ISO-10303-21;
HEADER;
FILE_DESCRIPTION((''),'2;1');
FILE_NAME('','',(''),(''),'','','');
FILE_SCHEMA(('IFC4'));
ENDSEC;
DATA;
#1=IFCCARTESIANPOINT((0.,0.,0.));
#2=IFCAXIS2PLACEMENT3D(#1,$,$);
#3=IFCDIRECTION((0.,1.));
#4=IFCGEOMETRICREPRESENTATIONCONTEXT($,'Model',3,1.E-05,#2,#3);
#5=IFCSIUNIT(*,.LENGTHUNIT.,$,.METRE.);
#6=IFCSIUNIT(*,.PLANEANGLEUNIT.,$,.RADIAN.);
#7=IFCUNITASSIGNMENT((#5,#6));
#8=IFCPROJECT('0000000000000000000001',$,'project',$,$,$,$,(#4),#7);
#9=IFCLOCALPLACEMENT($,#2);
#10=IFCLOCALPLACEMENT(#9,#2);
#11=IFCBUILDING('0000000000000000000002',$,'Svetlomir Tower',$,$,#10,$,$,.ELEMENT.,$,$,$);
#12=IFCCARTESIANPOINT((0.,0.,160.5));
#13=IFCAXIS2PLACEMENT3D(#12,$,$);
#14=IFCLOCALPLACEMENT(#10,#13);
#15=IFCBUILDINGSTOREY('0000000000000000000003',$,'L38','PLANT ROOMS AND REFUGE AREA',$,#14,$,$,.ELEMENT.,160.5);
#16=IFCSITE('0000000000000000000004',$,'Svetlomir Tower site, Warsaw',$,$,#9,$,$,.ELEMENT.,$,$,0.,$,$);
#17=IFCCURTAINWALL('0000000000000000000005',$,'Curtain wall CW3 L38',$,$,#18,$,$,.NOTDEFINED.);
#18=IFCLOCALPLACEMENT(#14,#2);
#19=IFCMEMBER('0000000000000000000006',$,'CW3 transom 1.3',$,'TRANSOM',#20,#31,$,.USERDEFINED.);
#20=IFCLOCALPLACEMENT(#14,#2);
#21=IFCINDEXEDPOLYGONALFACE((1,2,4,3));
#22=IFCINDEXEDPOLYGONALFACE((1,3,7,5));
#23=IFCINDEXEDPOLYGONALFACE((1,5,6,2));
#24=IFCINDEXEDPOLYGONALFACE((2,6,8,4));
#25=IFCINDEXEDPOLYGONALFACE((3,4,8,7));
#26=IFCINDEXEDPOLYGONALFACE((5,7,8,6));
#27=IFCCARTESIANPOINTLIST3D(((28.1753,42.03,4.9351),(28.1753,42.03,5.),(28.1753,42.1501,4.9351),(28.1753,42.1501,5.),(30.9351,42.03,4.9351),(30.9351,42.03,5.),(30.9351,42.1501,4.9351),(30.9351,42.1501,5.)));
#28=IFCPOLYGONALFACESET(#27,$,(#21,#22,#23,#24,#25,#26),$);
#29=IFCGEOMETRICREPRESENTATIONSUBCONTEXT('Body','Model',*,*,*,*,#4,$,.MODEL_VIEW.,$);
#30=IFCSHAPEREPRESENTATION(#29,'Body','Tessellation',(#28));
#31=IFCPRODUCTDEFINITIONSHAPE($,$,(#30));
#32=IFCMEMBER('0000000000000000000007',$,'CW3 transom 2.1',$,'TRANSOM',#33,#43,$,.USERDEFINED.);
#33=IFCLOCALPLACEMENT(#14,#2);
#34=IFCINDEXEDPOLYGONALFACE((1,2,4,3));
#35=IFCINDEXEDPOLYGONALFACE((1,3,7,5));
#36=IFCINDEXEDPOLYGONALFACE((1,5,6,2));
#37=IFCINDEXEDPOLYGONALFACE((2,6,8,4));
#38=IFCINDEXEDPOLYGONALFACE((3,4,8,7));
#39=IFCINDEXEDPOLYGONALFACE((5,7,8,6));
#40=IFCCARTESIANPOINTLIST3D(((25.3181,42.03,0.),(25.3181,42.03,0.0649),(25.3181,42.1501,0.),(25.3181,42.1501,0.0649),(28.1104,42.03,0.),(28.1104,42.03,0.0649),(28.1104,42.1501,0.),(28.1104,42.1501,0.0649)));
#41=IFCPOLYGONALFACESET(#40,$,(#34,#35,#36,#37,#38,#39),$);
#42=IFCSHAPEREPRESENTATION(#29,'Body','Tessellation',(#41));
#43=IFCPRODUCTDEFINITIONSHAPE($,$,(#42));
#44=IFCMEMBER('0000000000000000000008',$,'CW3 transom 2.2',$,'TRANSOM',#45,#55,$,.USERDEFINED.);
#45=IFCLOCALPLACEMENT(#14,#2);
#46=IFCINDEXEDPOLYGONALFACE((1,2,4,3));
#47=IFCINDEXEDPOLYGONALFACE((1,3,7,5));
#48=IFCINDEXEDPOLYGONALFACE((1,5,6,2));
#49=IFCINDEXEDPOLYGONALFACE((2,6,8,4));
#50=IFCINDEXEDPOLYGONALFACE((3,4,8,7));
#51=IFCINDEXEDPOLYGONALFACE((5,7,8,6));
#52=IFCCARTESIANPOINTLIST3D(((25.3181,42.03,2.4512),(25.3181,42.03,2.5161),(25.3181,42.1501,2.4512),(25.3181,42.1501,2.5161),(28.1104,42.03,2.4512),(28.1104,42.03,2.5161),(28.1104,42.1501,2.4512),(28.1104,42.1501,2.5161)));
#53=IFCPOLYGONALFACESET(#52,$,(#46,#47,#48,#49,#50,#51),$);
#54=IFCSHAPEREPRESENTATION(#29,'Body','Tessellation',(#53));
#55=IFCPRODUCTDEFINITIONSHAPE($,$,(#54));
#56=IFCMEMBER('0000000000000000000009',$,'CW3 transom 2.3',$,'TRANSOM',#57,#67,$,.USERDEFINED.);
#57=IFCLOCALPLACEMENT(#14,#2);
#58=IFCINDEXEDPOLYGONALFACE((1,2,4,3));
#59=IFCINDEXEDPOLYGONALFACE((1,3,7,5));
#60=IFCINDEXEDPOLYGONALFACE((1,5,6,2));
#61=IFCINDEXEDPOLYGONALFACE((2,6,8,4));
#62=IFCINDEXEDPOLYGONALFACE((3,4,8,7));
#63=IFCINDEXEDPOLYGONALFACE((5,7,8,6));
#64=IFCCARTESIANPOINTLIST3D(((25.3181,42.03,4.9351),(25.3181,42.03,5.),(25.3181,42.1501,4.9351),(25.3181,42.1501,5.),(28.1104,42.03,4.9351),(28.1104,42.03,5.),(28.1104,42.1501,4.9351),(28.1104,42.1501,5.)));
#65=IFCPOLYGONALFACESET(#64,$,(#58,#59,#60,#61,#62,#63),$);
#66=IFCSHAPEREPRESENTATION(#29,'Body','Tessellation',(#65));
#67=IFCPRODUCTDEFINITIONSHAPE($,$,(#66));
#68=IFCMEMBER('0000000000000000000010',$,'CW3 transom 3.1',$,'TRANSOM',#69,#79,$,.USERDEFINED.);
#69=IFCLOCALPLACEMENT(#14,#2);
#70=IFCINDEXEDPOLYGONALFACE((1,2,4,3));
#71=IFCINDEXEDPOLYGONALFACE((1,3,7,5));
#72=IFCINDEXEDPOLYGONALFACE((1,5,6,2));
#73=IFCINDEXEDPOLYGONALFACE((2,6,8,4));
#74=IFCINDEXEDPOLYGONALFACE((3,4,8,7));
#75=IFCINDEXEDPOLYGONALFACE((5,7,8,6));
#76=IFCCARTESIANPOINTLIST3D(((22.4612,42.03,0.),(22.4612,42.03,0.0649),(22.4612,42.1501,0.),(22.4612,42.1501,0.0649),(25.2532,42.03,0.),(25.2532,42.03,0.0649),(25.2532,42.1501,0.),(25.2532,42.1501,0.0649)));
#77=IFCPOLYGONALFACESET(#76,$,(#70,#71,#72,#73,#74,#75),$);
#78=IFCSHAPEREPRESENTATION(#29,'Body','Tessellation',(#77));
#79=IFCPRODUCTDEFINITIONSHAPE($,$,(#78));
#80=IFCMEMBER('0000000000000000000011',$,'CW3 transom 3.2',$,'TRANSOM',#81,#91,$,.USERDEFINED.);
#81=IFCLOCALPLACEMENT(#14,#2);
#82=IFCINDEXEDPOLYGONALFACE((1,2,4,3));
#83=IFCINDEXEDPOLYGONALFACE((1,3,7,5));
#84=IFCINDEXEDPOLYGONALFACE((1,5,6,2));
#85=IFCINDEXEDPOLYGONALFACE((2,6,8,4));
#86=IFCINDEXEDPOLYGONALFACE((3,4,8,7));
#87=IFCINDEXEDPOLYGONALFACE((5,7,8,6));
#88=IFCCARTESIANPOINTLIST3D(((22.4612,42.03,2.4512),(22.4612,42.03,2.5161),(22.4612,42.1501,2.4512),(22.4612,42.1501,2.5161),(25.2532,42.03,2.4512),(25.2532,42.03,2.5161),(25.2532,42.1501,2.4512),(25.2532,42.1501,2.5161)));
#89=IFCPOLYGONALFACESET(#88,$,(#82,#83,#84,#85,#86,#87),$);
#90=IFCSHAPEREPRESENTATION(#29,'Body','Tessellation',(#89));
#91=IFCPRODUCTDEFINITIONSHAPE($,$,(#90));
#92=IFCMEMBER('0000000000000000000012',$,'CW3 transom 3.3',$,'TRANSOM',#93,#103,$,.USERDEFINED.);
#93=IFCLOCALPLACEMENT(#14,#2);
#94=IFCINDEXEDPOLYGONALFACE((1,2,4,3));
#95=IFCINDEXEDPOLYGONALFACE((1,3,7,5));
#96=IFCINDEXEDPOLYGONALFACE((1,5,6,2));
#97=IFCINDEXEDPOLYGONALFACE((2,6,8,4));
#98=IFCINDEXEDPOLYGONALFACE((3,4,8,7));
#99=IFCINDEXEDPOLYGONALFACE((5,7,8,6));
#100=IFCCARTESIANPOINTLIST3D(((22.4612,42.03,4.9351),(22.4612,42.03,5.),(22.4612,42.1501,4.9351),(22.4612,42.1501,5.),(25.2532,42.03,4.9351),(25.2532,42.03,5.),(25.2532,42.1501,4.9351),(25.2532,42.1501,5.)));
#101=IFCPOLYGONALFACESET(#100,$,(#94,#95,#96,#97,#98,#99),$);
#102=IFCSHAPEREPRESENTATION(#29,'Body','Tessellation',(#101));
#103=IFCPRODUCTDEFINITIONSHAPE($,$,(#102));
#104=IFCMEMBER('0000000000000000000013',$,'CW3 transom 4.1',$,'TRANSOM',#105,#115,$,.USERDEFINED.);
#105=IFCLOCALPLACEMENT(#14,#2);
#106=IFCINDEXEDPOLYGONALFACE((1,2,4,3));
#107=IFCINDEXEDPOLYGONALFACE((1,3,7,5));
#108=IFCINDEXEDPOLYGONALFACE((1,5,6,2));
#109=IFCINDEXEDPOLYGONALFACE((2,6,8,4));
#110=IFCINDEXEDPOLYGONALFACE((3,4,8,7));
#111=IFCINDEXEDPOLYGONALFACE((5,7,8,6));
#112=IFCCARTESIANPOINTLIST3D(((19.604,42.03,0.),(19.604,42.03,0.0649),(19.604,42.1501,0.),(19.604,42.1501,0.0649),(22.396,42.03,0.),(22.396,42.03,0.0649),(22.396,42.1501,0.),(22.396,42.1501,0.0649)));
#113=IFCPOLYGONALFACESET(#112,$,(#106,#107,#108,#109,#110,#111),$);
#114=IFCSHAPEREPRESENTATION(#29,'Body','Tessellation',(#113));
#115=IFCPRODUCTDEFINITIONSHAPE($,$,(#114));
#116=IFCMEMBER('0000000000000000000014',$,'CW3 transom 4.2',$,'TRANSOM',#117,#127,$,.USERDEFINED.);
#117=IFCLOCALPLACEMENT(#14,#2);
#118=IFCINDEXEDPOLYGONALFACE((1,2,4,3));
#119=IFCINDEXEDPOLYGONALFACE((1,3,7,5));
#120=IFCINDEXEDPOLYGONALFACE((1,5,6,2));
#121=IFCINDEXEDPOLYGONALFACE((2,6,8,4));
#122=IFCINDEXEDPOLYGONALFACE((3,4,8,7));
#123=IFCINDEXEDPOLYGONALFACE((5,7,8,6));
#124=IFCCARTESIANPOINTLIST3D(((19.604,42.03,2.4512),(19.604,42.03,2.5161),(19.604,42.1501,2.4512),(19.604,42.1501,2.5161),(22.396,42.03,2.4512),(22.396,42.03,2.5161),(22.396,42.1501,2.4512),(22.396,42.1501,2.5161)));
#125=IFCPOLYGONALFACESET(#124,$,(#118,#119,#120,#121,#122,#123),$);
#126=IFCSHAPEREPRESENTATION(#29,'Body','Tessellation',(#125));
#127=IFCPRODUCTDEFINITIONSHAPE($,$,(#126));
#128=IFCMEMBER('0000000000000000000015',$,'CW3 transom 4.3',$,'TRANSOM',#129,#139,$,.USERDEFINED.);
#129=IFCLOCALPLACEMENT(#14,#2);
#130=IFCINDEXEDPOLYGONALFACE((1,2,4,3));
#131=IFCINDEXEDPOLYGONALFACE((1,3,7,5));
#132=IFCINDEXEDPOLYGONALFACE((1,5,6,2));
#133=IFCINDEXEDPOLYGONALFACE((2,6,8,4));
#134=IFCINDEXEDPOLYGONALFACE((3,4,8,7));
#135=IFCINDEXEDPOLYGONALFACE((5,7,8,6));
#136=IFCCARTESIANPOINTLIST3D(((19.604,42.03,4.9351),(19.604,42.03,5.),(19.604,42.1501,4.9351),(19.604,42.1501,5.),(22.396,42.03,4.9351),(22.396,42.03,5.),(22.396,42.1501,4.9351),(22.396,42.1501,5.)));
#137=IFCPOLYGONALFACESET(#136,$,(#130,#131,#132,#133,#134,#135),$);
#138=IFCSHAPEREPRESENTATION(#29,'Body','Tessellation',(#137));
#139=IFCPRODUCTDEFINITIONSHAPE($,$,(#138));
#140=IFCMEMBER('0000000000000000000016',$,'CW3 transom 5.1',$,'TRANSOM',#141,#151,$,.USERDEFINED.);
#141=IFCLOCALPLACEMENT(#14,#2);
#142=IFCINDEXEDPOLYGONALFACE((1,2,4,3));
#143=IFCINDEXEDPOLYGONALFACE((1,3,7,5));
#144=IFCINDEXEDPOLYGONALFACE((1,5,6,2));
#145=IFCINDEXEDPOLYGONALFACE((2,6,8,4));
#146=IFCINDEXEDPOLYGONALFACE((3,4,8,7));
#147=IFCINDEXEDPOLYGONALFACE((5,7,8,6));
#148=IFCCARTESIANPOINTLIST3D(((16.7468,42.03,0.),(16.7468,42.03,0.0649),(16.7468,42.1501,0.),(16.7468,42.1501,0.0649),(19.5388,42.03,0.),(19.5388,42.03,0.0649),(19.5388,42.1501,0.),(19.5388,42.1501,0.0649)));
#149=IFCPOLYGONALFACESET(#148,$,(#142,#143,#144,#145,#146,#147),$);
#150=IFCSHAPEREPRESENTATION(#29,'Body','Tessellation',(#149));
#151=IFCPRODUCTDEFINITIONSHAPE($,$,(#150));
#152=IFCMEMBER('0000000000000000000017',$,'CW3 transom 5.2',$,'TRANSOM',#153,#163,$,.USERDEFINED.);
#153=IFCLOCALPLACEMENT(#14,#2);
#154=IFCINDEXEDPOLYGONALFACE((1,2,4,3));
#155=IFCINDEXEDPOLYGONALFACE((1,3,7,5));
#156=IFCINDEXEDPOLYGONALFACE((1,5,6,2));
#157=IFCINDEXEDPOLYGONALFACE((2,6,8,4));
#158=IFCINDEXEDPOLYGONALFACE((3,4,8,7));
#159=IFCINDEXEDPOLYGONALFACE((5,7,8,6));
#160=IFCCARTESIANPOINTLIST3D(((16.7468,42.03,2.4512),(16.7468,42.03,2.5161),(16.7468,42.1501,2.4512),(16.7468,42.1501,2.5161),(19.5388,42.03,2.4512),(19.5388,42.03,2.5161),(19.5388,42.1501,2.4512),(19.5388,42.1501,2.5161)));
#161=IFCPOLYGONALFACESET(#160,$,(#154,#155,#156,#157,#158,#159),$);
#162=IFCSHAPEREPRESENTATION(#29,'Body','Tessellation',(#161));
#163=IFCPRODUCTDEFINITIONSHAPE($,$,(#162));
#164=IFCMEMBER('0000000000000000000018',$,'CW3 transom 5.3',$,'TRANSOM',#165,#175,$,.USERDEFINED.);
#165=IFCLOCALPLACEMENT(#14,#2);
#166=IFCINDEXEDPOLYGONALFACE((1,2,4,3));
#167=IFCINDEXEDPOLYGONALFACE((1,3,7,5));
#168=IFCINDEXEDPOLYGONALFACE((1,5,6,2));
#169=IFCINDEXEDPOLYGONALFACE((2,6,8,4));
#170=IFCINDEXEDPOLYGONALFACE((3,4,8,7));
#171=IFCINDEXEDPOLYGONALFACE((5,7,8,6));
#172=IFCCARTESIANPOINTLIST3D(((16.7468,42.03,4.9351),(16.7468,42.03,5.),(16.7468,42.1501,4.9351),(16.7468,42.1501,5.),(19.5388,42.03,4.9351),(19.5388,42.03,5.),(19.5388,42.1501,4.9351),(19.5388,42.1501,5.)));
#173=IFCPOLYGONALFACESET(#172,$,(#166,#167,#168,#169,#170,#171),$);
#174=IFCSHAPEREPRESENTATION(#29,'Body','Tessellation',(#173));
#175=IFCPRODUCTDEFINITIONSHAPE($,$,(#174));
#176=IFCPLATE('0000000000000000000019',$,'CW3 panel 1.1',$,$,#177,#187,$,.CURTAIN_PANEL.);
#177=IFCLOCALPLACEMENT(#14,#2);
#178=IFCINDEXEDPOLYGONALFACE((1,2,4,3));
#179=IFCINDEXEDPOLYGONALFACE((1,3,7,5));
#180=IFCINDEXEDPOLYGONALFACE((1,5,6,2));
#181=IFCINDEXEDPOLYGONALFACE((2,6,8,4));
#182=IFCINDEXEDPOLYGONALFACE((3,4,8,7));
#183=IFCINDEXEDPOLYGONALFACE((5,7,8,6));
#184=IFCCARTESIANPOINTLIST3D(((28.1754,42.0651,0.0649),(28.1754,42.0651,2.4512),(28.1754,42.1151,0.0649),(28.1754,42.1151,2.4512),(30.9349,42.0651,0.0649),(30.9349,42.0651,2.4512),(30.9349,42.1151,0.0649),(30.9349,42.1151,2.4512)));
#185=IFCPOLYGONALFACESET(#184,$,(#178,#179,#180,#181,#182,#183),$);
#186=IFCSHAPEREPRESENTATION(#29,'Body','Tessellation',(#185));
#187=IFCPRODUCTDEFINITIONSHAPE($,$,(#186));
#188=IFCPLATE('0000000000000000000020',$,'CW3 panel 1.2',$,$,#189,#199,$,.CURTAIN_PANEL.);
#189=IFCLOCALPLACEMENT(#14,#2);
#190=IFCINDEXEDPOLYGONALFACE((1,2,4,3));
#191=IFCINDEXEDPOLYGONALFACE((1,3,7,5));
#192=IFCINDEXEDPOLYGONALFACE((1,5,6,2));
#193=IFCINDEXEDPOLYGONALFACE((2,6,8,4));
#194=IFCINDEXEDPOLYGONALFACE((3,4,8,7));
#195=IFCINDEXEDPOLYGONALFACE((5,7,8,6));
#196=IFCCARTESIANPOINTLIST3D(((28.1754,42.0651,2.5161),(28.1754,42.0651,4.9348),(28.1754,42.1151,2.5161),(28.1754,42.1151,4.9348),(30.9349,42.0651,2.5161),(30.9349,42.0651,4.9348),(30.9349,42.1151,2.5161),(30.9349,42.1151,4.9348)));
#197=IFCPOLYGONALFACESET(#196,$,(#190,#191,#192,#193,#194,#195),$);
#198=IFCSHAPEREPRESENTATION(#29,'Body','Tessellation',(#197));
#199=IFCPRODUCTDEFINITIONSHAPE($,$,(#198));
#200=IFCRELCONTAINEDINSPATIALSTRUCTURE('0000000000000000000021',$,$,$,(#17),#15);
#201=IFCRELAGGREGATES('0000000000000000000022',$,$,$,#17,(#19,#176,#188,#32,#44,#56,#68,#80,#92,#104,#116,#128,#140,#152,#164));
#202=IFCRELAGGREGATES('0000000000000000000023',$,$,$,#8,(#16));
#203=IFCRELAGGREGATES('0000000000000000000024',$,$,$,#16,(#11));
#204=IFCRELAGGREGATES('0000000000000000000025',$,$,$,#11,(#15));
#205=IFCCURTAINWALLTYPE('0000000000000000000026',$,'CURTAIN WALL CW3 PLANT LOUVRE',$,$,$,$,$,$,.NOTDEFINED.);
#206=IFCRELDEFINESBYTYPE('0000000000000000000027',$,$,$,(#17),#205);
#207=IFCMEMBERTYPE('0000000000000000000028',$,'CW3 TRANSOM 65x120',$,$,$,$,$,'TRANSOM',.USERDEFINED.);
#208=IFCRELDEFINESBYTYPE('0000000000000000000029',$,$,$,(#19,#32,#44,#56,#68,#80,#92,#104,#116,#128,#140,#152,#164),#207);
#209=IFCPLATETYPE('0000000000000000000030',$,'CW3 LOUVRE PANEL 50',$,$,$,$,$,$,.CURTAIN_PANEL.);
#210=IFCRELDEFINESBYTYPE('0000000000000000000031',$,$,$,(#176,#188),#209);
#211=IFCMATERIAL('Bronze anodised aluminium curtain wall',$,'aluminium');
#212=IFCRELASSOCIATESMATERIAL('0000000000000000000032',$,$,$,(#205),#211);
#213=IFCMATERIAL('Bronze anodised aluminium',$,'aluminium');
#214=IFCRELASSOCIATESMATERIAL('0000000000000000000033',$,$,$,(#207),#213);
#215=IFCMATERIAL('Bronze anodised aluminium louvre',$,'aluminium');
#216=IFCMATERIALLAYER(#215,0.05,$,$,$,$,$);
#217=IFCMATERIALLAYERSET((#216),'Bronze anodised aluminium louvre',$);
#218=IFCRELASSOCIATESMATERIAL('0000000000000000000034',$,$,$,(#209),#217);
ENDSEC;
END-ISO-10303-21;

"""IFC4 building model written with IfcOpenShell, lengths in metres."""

from ifc_helpers import new_model, si_unit, direction, frame, origin, origin_2d, place, context, subcontext, project, spatial, rectangle, extrude, material, layer, layer_set, material_profile, profile_set, type_object, element, aggregate, save


model = new_model("IFC4")

# Units and contexts
model_context = context("Model", 3, precision=1e-05, world=origin(), true_north=direction((0.0, 1.0)))
body_context = subcontext(model_context, "Body", "Model", "MODEL_VIEW")
ifc_project = project(units=[si_unit("LENGTHUNIT", "METRE"), si_unit("PLANEANGLEUNIT", "RADIAN")], contexts=[model_context])

# Site, building, storey
site_placement = place(None, origin())
site = spatial("IfcSite", under=ifc_project, at=site_placement, Name="Svetlomir Tower site, Warsaw", CompositionType="ELEMENT", RefElevation=0.0)
building_placement = place(site_placement, origin())
building = spatial("IfcBuilding", under=site, at=building_placement, Name="Svetlomir Tower", CompositionType="ELEMENT")
storey_placement = place(building_placement, frame((0.0, 0.0, 160.5)))
storey = spatial("IfcBuildingStorey", under=building, at=storey_placement, Name="L38", Description="PLANT ROOMS AND REFUGE AREA", CompositionType="ELEMENT", Elevation=160.5)

# Curtain wall, members, plates
ifc_material_1 = material(Name="Bronze anodised aluminium curtain wall", Category="aluminium")
curtain_wall_type = type_object("IfcCurtainWallType", Name="CURTAIN WALL CW3 PLANT LOUVRE", PredefinedType="NOTDEFINED", material=ifc_material_1)
curtain_wall_placement = place(storey_placement, origin())
curtain_wall = element("IfcCurtainWall", 1, at=curtain_wall_placement, inside=storey, type_object=curtain_wall_type, Name="Curtain wall CW3 L38", PredefinedType="NOTDEFINED")
ifc_material_2 = material(Name="Bronze anodised aluminium", Category="aluminium")
ifc_material_profile_1 = material_profile(ifc_material_2, rectangle(XDim=0.1201, YDim=0.0649, at=origin_2d()), Name="AL 120x65")
ifc_profile_set_1 = profile_set([ifc_material_profile_1], Name="Bronze anodised aluminium 6063-T6")
member_type_1 = type_object("IfcMemberType", Name="CW3 TRANSOM 65x120", ElementType="TRANSOM", PredefinedType="USERDEFINED", material=ifc_profile_set_1)
member_1_placement = place(storey_placement, frame((30.9351, 42.0901, 4.9675), z_axis=(-1.0, 0.0, 0.0), x_axis=(0.0, -1.0, 0.0)))
member_1 = element("IfcMember", 2, at=member_1_placement, type_object=member_type_1, Name="CW3 transom 1.3", ObjectType="TRANSOM", PredefinedType="USERDEFINED", context=body_context, shape_type="SweptSolid", body=[
    extrude(rectangle(XDim=0.1201, YDim=0.0649, at=origin_2d()), origin(), (0.0, 0.0, 1.0), 2.7598),
])
member_2_placement = place(storey_placement, frame((28.1104, 42.0901, 0.0325), z_axis=(-1.0, 0.0, 0.0), x_axis=(0.0, -1.0, 0.0)))
member_2 = element("IfcMember", 3, at=member_2_placement, type_object=member_type_1, Name="CW3 transom 2.1", ObjectType="TRANSOM", PredefinedType="USERDEFINED", context=body_context, shape_type="SweptSolid", body=[
    extrude(rectangle(XDim=0.1201, YDim=0.0649, at=origin_2d()), origin(), (0.0, 0.0, 1.0), 2.7922),
])
member_3_placement = place(storey_placement, frame((28.1104, 42.0901, 2.4836), z_axis=(-1.0, 0.0, 0.0), x_axis=(0.0, -1.0, 0.0)))
member_3 = element("IfcMember", 4, at=member_3_placement, type_object=member_type_1, Name="CW3 transom 2.2", ObjectType="TRANSOM", PredefinedType="USERDEFINED", context=body_context, shape_type="SweptSolid", body=[
    extrude(rectangle(XDim=0.1201, YDim=0.0649, at=origin_2d()), origin(), (0.0, 0.0, 1.0), 2.7922),
])
member_4_placement = place(storey_placement, frame((28.1104, 42.0901, 4.9675), z_axis=(-1.0, 0.0, 0.0), x_axis=(0.0, -1.0, 0.0)))
member_4 = element("IfcMember", 5, at=member_4_placement, type_object=member_type_1, Name="CW3 transom 2.3", ObjectType="TRANSOM", PredefinedType="USERDEFINED", context=body_context, shape_type="SweptSolid", body=[
    extrude(rectangle(XDim=0.1201, YDim=0.0649, at=origin_2d()), origin(), (0.0, 0.0, 1.0), 2.7922),
])
member_5_placement = place(storey_placement, frame((25.2532, 42.0901, 0.0325), z_axis=(-1.0, 0.0, 0.0), x_axis=(0.0, -1.0, 0.0)))
member_5 = element("IfcMember", 6, at=member_5_placement, type_object=member_type_1, Name="CW3 transom 3.1", ObjectType="TRANSOM", PredefinedType="USERDEFINED", context=body_context, shape_type="SweptSolid", body=[
    extrude(rectangle(XDim=0.1201, YDim=0.0649, at=origin_2d()), origin(), (0.0, 0.0, 1.0), 2.792),
])
member_6_placement = place(storey_placement, frame((25.2532, 42.0901, 2.4836), z_axis=(-1.0, 0.0, 0.0), x_axis=(0.0, -1.0, 0.0)))
member_6 = element("IfcMember", 7, at=member_6_placement, type_object=member_type_1, Name="CW3 transom 3.2", ObjectType="TRANSOM", PredefinedType="USERDEFINED", context=body_context, shape_type="SweptSolid", body=[
    extrude(rectangle(XDim=0.1201, YDim=0.0649, at=origin_2d()), origin(), (0.0, 0.0, 1.0), 2.792),
])
member_7_placement = place(storey_placement, frame((25.2532, 42.0901, 4.9675), z_axis=(-1.0, 0.0, 0.0), x_axis=(0.0, -1.0, 0.0)))
member_7 = element("IfcMember", 8, at=member_7_placement, type_object=member_type_1, Name="CW3 transom 3.3", ObjectType="TRANSOM", PredefinedType="USERDEFINED", context=body_context, shape_type="SweptSolid", body=[
    extrude(rectangle(XDim=0.1201, YDim=0.0649, at=origin_2d()), origin(), (0.0, 0.0, 1.0), 2.792),
])
member_8_placement = place(storey_placement, frame((22.396, 42.0901, 0.0325), z_axis=(-1.0, 0.0, 0.0), x_axis=(0.0, -1.0, 0.0)))
member_8 = element("IfcMember", 9, at=member_8_placement, type_object=member_type_1, Name="CW3 transom 4.1", ObjectType="TRANSOM", PredefinedType="USERDEFINED", context=body_context, shape_type="SweptSolid", body=[
    extrude(rectangle(XDim=0.1201, YDim=0.0649, at=origin_2d()), origin(), (0.0, 0.0, 1.0), 2.792),
])
member_9_placement = place(storey_placement, frame((22.396, 42.0901, 2.4836), z_axis=(-1.0, 0.0, 0.0), x_axis=(0.0, -1.0, 0.0)))
member_9 = element("IfcMember", 10, at=member_9_placement, type_object=member_type_1, Name="CW3 transom 4.2", ObjectType="TRANSOM", PredefinedType="USERDEFINED", context=body_context, shape_type="SweptSolid", body=[
    extrude(rectangle(XDim=0.1201, YDim=0.0649, at=origin_2d()), origin(), (0.0, 0.0, 1.0), 2.792),
])
member_10_placement = place(storey_placement, frame((22.396, 42.0901, 4.9675), z_axis=(-1.0, 0.0, 0.0), x_axis=(0.0, -1.0, 0.0)))
member_10 = element("IfcMember", 11, at=member_10_placement, type_object=member_type_1, Name="CW3 transom 4.3", ObjectType="TRANSOM", PredefinedType="USERDEFINED", context=body_context, shape_type="SweptSolid", body=[
    extrude(rectangle(XDim=0.1201, YDim=0.0649, at=origin_2d()), origin(), (0.0, 0.0, 1.0), 2.792),
])
member_11_placement = place(storey_placement, frame((19.5388, 42.0901, 0.0325), z_axis=(-1.0, 0.0, 0.0), x_axis=(0.0, -1.0, 0.0)))
member_11 = element("IfcMember", 12, at=member_11_placement, type_object=member_type_1, Name="CW3 transom 5.1", ObjectType="TRANSOM", PredefinedType="USERDEFINED", context=body_context, shape_type="SweptSolid", body=[
    extrude(rectangle(XDim=0.1201, YDim=0.0649, at=origin_2d()), origin(), (0.0, 0.0, 1.0), 2.792),
])
member_12_placement = place(storey_placement, frame((19.5388, 42.0901, 2.4836), z_axis=(-1.0, 0.0, 0.0), x_axis=(0.0, -1.0, 0.0)))
member_12 = element("IfcMember", 13, at=member_12_placement, type_object=member_type_1, Name="CW3 transom 5.2", ObjectType="TRANSOM", PredefinedType="USERDEFINED", context=body_context, shape_type="SweptSolid", body=[
    extrude(rectangle(XDim=0.1201, YDim=0.0649, at=origin_2d()), origin(), (0.0, 0.0, 1.0), 2.792),
])
member_13_placement = place(storey_placement, frame((19.5388, 42.0901, 4.9675), z_axis=(-1.0, 0.0, 0.0), x_axis=(0.0, -1.0, 0.0)))
member_13 = element("IfcMember", 14, at=member_13_placement, type_object=member_type_1, Name="CW3 transom 5.3", ObjectType="TRANSOM", PredefinedType="USERDEFINED", context=body_context, shape_type="SweptSolid", body=[
    extrude(rectangle(XDim=0.1201, YDim=0.0649, at=origin_2d()), origin(), (0.0, 0.0, 1.0), 2.792),
])
ifc_material_3 = material(Name="Bronze anodised aluminium louvre", Category="aluminium")
ifc_layer = layer(ifc_material_3, 0.05)
ifc_layer_set = layer_set([ifc_layer], Name="Bronze anodised aluminium louvre")
plate_type = type_object("IfcPlateType", Name="CW3 LOUVRE PANEL 50", PredefinedType="CURTAIN_PANEL", material=ifc_layer_set)
plate_1_placement = place(storey_placement, frame((29.5552, 42.0901, 0.0649), z_axis=(0.0, 0.0, 1.0), x_axis=(-1.0, 0.0, 0.0)))
plate_1 = element("IfcPlate", 15, at=plate_1_placement, type_object=plate_type, Name="CW3 panel 1.1", PredefinedType="CURTAIN_PANEL", context=body_context, shape_type="SweptSolid", body=[
    extrude(rectangle(XDim=2.7595, YDim=0.05, at=origin_2d()), origin(), (0.0, 0.0, 1.0), 2.3862),
])
plate_2_placement = place(storey_placement, frame((29.5552, 42.0901, 2.5161), z_axis=(0.0, 0.0, 1.0), x_axis=(-1.0, 0.0, 0.0)))
plate_2 = element("IfcPlate", 16, at=plate_2_placement, type_object=plate_type, Name="CW3 panel 1.2", PredefinedType="CURTAIN_PANEL", context=body_context, shape_type="SweptSolid", body=[
    extrude(rectangle(XDim=2.7595, YDim=0.05, at=origin_2d()), origin(), (0.0, 0.0, 1.0), 2.4187),
])
aggregate(curtain_wall, [member_1, plate_1, plate_2, member_2, member_3, member_4, member_5, member_6, member_7, member_8, member_9, member_10, member_11, member_12, member_13])

save(model, "model.ifc")
